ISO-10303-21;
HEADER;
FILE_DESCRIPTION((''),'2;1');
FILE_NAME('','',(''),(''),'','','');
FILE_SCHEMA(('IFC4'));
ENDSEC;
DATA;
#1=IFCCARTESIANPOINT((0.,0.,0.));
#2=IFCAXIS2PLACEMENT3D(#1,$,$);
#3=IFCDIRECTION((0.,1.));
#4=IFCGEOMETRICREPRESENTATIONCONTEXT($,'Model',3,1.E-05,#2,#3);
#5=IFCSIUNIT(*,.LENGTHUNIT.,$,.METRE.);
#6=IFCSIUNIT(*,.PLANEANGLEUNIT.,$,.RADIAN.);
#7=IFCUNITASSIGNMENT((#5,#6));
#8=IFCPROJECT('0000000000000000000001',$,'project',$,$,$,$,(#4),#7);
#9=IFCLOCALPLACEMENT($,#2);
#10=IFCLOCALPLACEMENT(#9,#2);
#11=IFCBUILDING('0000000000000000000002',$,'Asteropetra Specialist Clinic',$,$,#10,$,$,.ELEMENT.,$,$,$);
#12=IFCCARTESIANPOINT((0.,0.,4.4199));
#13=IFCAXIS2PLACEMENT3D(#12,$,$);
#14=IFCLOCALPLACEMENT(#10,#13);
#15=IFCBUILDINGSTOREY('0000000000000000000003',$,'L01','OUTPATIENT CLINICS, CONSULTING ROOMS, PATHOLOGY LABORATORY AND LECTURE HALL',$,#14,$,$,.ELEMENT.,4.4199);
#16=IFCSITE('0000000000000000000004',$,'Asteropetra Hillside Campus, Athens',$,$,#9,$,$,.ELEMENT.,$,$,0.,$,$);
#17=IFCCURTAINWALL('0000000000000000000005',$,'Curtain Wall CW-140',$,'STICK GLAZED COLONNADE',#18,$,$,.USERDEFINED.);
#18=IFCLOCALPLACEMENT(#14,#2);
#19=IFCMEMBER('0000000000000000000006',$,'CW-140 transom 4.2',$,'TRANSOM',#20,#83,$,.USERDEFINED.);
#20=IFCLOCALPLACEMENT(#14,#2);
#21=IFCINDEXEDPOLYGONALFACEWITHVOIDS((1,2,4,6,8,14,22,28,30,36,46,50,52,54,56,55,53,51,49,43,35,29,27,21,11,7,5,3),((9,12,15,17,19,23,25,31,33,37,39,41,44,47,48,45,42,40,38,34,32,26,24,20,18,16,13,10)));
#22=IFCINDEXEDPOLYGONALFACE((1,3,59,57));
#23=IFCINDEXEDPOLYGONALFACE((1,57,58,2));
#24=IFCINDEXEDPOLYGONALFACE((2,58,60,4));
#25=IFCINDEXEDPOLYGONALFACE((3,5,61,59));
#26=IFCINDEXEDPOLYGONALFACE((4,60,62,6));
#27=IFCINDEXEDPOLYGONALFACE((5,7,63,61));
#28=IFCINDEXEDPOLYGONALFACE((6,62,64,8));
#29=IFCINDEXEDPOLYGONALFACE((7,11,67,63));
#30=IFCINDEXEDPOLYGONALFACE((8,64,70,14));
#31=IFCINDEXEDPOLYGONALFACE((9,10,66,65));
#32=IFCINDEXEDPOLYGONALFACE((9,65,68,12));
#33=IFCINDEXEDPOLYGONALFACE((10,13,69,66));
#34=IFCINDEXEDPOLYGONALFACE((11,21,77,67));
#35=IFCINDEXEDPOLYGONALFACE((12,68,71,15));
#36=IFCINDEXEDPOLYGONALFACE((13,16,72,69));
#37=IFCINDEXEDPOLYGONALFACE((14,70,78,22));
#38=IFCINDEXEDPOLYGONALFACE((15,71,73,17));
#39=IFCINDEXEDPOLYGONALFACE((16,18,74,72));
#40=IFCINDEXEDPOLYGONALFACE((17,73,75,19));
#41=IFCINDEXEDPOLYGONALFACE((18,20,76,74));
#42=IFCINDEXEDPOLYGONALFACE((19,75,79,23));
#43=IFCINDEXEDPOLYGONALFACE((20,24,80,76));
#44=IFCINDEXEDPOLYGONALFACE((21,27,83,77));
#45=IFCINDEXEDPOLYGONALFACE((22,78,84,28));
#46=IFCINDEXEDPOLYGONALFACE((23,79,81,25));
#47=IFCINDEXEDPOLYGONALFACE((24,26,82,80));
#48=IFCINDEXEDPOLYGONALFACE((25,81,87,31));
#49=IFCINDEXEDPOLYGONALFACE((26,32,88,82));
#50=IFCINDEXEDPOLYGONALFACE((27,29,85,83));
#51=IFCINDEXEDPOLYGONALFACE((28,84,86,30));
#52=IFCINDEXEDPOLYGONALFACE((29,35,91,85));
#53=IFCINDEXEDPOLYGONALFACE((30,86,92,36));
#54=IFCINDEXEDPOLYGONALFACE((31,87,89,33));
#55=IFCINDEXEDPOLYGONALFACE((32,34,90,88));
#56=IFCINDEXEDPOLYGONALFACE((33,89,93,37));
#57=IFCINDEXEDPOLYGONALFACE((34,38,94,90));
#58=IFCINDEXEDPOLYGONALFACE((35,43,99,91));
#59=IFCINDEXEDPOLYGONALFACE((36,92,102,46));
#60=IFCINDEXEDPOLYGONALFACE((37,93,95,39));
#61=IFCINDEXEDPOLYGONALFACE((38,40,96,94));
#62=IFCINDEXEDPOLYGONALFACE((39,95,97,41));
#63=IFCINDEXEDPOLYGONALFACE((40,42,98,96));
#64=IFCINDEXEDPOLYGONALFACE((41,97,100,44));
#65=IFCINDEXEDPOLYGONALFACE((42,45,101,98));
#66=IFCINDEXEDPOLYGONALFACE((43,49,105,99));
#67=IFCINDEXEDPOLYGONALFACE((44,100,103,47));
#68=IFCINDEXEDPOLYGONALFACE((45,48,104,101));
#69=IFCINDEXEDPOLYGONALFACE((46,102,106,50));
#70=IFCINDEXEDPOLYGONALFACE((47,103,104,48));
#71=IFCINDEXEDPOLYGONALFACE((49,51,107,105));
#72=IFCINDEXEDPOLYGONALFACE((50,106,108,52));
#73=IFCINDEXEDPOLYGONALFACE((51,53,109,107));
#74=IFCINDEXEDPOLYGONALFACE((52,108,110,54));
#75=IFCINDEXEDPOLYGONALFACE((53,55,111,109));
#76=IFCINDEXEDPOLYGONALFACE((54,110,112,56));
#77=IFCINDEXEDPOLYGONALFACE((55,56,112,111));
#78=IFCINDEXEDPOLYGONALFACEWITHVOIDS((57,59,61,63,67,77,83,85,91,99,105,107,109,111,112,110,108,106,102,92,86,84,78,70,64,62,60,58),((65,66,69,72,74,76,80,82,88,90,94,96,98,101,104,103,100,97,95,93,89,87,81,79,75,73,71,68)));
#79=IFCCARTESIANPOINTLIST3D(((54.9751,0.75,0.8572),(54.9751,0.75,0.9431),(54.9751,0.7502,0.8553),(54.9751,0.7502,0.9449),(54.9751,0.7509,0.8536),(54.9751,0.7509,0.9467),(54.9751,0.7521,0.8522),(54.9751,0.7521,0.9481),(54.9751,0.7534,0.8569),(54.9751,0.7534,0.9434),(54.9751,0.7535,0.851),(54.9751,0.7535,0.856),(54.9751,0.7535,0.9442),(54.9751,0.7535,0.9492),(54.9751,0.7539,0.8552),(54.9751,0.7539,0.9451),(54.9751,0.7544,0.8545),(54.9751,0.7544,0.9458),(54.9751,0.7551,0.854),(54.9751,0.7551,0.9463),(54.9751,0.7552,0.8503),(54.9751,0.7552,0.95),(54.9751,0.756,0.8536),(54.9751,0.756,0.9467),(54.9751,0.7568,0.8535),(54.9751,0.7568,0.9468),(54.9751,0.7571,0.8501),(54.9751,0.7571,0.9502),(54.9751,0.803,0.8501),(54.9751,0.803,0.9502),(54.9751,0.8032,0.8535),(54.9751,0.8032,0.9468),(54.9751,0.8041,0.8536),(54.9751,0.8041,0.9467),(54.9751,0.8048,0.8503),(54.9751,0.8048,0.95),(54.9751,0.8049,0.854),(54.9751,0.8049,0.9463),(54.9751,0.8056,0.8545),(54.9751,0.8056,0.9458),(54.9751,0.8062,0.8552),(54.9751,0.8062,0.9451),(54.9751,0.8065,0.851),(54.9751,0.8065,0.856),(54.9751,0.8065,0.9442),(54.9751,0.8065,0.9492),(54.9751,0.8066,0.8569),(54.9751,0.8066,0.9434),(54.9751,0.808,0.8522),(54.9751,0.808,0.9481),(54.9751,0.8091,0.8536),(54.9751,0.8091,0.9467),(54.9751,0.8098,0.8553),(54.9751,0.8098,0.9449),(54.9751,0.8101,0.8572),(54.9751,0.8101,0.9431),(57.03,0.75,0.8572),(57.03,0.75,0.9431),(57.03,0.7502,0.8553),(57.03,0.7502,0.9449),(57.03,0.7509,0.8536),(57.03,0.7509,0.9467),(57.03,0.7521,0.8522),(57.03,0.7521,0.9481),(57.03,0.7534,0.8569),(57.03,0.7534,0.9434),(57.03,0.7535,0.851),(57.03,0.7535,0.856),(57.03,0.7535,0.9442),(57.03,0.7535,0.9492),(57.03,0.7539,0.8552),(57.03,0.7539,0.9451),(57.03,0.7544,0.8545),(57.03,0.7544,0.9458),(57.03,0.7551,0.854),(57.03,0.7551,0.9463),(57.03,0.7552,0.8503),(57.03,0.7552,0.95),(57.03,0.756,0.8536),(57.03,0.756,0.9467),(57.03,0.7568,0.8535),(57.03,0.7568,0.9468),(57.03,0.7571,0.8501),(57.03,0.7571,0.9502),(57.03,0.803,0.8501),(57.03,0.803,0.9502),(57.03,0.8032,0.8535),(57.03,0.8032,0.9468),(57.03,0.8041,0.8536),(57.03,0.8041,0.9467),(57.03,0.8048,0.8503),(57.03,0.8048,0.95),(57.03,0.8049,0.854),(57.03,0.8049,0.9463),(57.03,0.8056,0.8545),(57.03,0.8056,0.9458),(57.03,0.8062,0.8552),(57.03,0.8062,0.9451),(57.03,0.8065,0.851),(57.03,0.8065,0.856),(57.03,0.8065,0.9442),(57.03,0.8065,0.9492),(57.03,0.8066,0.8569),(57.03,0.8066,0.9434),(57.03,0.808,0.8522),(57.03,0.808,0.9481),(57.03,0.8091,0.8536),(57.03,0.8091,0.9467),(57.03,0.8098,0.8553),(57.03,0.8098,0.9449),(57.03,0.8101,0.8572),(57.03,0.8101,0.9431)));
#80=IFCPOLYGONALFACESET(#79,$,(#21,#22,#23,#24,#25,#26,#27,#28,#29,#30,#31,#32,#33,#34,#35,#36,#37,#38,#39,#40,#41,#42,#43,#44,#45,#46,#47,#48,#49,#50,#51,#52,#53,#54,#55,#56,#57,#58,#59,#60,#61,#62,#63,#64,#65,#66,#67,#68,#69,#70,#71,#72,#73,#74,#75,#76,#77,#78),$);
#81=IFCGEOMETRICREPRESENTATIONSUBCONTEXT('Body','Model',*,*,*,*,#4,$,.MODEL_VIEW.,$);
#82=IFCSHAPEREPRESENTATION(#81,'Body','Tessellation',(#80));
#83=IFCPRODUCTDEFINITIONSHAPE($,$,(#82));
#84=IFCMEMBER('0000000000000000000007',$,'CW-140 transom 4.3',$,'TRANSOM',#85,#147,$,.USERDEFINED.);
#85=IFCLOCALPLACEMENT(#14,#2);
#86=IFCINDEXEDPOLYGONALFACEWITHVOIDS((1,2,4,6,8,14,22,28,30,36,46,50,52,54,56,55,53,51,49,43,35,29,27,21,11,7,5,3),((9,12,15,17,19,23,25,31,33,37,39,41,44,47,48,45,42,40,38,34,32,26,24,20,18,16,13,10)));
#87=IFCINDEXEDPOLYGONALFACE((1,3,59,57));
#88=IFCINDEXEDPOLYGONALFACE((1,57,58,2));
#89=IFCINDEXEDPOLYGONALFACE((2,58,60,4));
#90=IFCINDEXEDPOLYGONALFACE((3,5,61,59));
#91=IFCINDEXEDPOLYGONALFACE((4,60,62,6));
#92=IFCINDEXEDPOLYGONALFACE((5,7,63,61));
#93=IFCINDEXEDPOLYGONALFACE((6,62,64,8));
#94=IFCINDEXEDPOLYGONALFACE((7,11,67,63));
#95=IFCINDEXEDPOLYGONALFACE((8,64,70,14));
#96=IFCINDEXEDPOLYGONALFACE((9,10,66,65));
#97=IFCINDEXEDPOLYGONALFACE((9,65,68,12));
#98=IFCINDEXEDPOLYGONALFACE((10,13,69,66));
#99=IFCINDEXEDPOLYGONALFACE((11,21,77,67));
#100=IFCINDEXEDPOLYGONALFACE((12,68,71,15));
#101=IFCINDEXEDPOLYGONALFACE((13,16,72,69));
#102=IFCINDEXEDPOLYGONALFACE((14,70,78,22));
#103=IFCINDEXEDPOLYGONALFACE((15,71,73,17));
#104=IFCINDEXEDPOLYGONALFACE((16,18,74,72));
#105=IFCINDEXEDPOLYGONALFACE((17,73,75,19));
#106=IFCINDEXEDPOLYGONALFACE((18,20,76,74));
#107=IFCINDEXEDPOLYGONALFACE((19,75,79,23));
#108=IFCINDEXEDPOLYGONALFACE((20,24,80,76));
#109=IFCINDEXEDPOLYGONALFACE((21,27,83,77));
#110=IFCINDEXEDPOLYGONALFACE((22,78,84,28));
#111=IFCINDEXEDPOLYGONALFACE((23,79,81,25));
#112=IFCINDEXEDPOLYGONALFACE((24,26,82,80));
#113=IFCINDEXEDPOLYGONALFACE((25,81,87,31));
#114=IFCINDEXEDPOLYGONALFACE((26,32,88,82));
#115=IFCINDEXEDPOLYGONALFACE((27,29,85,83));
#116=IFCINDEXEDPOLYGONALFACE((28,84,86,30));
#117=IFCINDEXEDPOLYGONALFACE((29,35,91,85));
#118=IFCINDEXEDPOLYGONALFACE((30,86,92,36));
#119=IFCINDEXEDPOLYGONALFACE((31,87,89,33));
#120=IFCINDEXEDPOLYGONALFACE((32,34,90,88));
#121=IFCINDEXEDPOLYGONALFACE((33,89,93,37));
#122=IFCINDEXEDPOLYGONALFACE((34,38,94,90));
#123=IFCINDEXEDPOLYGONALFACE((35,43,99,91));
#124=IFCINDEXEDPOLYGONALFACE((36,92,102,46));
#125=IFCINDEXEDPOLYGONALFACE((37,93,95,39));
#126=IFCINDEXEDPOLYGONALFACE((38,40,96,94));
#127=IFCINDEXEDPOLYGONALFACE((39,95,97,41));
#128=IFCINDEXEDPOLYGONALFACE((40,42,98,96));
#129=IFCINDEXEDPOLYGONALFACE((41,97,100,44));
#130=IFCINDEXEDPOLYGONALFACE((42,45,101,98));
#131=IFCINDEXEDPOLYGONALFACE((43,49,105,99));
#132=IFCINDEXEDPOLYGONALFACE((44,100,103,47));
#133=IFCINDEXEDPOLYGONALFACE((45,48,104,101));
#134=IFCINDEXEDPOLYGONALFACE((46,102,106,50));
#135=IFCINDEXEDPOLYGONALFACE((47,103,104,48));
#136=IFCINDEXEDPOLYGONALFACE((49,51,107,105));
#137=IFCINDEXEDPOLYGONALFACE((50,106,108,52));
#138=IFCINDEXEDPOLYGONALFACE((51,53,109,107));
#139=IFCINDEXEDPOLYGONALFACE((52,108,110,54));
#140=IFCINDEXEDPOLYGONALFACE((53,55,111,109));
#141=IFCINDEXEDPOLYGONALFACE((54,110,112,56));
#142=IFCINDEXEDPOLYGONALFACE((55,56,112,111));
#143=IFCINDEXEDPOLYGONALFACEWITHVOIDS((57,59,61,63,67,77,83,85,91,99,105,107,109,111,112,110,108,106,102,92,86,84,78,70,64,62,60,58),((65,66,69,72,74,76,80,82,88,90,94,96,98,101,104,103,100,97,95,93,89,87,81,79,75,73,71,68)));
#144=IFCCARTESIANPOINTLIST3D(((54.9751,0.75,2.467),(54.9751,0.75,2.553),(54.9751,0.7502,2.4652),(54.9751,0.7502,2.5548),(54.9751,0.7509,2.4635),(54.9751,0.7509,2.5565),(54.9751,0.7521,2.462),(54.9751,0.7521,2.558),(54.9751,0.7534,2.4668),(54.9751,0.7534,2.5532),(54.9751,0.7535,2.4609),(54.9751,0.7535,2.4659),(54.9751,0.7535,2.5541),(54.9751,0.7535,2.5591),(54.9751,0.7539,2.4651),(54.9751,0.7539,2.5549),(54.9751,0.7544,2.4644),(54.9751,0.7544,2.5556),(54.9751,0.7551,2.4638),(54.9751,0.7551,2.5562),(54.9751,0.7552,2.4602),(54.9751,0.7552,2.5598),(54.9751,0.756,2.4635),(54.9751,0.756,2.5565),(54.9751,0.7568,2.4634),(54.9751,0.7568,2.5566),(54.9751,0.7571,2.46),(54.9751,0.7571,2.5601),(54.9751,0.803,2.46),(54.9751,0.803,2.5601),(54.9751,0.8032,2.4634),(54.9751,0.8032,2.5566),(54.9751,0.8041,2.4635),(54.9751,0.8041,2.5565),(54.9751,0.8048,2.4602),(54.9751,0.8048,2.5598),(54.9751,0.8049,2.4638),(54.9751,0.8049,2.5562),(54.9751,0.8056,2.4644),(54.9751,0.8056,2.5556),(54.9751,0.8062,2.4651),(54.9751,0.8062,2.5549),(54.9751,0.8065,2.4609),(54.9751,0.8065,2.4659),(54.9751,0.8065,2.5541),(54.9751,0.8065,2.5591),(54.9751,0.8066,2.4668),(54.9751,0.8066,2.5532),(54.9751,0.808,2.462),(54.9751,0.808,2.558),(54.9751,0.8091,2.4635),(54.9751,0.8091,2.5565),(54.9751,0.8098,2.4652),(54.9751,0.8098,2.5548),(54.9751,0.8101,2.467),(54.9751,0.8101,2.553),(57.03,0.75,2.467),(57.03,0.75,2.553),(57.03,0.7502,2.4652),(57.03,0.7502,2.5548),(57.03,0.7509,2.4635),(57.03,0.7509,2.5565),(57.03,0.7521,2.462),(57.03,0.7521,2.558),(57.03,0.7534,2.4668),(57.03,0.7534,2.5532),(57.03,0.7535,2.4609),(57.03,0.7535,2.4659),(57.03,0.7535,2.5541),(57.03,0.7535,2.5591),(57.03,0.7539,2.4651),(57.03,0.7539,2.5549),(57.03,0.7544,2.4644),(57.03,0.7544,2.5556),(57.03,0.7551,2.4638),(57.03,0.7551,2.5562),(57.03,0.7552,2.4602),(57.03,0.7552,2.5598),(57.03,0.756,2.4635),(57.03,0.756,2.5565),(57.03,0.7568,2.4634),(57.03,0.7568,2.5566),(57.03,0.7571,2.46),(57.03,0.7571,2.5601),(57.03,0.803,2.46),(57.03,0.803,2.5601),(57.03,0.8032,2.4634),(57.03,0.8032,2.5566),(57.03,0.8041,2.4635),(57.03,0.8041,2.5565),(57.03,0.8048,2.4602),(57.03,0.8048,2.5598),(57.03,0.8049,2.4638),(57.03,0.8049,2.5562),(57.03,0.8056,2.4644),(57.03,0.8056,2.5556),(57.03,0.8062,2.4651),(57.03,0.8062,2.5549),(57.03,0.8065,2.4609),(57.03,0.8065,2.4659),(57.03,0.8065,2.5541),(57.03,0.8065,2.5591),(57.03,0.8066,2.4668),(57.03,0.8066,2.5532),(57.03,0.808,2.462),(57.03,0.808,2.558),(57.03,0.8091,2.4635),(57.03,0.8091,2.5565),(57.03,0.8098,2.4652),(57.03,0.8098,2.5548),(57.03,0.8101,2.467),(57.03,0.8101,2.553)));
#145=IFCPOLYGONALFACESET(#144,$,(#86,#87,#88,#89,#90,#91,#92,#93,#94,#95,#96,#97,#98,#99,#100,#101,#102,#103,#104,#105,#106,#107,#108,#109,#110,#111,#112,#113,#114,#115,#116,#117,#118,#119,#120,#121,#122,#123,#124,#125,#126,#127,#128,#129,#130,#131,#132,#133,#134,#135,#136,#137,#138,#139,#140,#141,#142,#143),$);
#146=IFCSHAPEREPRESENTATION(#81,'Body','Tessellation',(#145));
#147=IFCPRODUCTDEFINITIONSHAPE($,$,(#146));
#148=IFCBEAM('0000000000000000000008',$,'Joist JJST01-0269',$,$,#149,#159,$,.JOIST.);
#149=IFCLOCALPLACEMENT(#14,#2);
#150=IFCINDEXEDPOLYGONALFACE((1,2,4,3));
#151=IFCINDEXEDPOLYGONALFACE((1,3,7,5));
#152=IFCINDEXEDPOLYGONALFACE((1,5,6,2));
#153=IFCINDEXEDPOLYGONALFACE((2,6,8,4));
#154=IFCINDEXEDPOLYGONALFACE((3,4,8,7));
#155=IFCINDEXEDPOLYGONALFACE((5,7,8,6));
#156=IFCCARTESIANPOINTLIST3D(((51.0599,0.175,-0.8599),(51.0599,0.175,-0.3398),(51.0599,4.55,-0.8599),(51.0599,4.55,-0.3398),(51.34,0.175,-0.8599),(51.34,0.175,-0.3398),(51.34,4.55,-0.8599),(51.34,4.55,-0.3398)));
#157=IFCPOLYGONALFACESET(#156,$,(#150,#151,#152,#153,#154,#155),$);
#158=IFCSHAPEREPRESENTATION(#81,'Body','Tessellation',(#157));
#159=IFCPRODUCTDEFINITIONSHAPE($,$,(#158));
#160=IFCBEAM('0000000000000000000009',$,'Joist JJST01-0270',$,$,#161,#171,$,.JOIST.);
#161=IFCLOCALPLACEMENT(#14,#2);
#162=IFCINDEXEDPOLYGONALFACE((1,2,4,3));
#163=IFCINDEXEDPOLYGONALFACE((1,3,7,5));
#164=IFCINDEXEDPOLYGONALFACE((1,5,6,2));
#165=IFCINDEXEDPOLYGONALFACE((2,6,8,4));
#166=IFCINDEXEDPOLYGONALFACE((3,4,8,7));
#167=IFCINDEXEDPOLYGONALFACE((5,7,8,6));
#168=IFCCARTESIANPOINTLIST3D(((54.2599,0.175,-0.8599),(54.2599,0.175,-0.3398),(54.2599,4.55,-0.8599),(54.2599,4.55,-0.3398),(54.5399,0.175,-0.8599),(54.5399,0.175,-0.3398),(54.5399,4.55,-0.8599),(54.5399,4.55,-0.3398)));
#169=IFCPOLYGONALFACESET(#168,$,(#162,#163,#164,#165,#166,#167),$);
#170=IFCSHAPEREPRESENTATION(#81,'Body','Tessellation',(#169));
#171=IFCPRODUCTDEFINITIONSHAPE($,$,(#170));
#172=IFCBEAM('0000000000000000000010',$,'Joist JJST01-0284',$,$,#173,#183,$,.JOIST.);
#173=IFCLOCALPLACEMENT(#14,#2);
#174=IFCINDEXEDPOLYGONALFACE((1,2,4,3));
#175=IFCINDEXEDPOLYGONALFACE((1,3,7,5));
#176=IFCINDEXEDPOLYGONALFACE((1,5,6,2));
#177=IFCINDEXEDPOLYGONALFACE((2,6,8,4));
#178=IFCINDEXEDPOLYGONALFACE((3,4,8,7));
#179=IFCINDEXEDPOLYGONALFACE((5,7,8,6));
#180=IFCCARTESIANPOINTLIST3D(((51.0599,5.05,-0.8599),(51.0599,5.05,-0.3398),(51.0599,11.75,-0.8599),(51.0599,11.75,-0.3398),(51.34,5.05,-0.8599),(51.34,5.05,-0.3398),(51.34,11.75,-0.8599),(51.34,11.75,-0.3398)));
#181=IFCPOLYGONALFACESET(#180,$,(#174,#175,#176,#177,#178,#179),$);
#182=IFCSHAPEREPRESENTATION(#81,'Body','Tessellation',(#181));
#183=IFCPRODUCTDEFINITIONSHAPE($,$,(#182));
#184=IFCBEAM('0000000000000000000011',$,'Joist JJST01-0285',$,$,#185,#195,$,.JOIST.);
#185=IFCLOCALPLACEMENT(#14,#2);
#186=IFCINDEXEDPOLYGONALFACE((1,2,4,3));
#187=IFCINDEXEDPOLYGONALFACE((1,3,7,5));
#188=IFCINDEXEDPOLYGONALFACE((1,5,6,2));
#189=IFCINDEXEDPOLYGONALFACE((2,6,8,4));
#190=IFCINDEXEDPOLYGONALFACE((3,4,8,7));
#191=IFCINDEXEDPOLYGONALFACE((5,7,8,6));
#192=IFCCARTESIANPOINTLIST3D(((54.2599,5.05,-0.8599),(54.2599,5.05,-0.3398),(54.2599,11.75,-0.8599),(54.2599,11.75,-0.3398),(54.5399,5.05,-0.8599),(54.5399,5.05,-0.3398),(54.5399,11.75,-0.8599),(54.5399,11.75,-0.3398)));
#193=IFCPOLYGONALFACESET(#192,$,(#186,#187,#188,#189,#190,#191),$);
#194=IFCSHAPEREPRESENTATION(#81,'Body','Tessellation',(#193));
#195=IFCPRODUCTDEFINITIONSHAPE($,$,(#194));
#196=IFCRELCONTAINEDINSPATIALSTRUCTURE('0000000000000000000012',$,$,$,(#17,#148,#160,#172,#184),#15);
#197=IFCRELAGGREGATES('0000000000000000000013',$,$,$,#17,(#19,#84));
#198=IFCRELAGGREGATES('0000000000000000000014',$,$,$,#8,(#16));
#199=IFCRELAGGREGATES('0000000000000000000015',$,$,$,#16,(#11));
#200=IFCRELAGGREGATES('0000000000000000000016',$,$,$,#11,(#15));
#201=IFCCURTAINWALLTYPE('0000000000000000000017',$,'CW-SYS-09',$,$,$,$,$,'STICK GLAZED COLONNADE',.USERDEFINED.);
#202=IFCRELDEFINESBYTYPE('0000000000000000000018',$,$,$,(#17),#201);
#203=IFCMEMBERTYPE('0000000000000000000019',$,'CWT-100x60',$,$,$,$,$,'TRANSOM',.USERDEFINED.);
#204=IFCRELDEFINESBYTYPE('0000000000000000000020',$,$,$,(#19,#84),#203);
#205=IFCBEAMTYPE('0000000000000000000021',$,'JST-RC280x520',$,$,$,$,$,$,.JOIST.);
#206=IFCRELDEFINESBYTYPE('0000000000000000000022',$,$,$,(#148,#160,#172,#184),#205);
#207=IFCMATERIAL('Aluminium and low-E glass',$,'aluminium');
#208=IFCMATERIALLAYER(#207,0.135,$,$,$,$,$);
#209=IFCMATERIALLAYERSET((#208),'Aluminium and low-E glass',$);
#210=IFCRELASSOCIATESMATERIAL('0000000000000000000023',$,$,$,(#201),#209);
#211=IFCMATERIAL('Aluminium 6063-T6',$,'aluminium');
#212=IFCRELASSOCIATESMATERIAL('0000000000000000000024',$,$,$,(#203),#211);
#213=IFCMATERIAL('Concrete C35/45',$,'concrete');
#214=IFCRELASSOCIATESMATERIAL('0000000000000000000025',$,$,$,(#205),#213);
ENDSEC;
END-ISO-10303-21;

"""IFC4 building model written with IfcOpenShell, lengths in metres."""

from ifc_helpers import new_model, si_unit, direction, frame, origin, origin_2d, place, context, subcontext, project, spatial, rectangle, hollow_rectangle, extrude, material, layer, layer_set, material_profile, profile_set, type_object, element, aggregate, save


model = new_model("IFC4")

# Units and contexts
model_context = context("Model", 3, precision=1e-05, world=origin(), true_north=direction((0.0, 1.0)))
body_context = subcontext(model_context, "Body", "Model", "MODEL_VIEW")
ifc_project = project(units=[si_unit("LENGTHUNIT", "METRE"), si_unit("PLANEANGLEUNIT", "RADIAN")], contexts=[model_context])

# Site, building, storey
site_placement = place(None, origin())
site = spatial("IfcSite", under=ifc_project, at=site_placement, Name="Asteropetra Hillside Campus, Athens", CompositionType="ELEMENT", RefElevation=0.0)
building_placement = place(site_placement, origin())
building = spatial("IfcBuilding", under=site, at=building_placement, Name="Asteropetra Specialist Clinic", CompositionType="ELEMENT")
storey_placement = place(building_placement, frame((0.0, 0.0, 4.4199)))
storey = spatial("IfcBuildingStorey", under=building, at=storey_placement, Name="L01", Description="OUTPATIENT CLINICS, CONSULTING ROOMS, PATHOLOGY LABORATORY AND LECTURE HALL", CompositionType="ELEMENT", Elevation=4.4199)

# Curtain wall, members
ifc_material_1 = material(Name="Aluminium and low-E glass", Category="aluminium")
ifc_layer_1 = layer(ifc_material_1, 0.135)
ifc_layer_set_1 = layer_set([ifc_layer_1], Name="Aluminium and low-E glass")
curtain_wall_type = type_object("IfcCurtainWallType", Name="CW-SYS-09", ElementType="STICK GLAZED COLONNADE", PredefinedType="USERDEFINED", material=ifc_layer_set_1)
curtain_wall_placement = place(storey_placement, origin())
curtain_wall = element("IfcCurtainWall", 1, at=curtain_wall_placement, inside=storey, type_object=curtain_wall_type, Name="Curtain Wall CW-140", ObjectType="STICK GLAZED COLONNADE", PredefinedType="USERDEFINED")
ifc_material_2 = material(Name="Aluminium 6063-T6", Category="aluminium")
ifc_material_profile_1 = material_profile(ifc_material_2, hollow_rectangle(XDim=0.0601, YDim=0.1001, WallThickness=0.0034, InnerFilletRadius=0.0034, OuterFilletRadius=0.0071, at=origin_2d()), Name="TRN 100x60x3.5")
ifc_profile_set_1 = profile_set([ifc_material_profile_1], Name="Aluminium 6063-T6")
member_type_1 = type_object("IfcMemberType", Name="CWT-100x60", ElementType="TRANSOM", PredefinedType="USERDEFINED", material=ifc_profile_set_1)
member_1_placement = place(storey_placement, frame((54.9751, 0.78, 0.9001), z_axis=(1.0, 0.0, 0.0), x_axis=(0.0, 1.0, 0.0)))
member_1 = element("IfcMember", 2, at=member_1_placement, type_object=member_type_1, Name="CW-140 transom 4.2", ObjectType="TRANSOM", PredefinedType="USERDEFINED", context=body_context, shape_type="SweptSolid", body=[
    extrude(hollow_rectangle(XDim=0.0601, YDim=0.1001, WallThickness=0.0034, InnerFilletRadius=0.0034, OuterFilletRadius=0.0071, at=origin_2d()), origin(), (0.0, 0.0, 1.0), 2.0549),
])
member_2_placement = place(storey_placement, frame((54.9751, 0.78, 2.51), z_axis=(1.0, 0.0, 0.0), x_axis=(0.0, 1.0, 0.0)))
member_2 = element("IfcMember", 3, at=member_2_placement, type_object=member_type_1, Name="CW-140 transom 4.3", ObjectType="TRANSOM", PredefinedType="USERDEFINED", context=body_context, shape_type="SweptSolid", body=[
    extrude(hollow_rectangle(XDim=0.0601, YDim=0.1001, WallThickness=0.0034, InnerFilletRadius=0.0034, OuterFilletRadius=0.0071, at=origin_2d()), origin(), (0.0, 0.0, 1.0), 2.0549),
])

# Beams
ifc_material_3 = material(Name="Concrete C35/45", Category="concrete")
ifc_material_profile_2 = material_profile(ifc_material_3, rectangle(XDim=0.28, YDim=0.52, at=origin_2d()), Name="RCJ 280x520")
ifc_profile_set_2 = profile_set([ifc_material_profile_2], Name="Concrete C35/45")
beam_type = type_object("IfcBeamType", Name="JST-RC280x520", PredefinedType="JOIST", material=ifc_profile_set_2)
for number, where, z_axis, x_axis, name in (
    (4, (51.2, 0.175, -0.5999), (0.0, 1.0, 0.0), (-1.0, 0.0, 0.0), "Joist JJST01-0269"),
    (5, (54.3999, 0.175, -0.5999), (0.0, 1.0, 0.0), (-1.0, 0.0, 0.0), "Joist JJST01-0270"),
):
    element("IfcBeam", number, at=place(storey_placement, frame(where, z_axis=z_axis, x_axis=x_axis)), inside=storey, type_object=beam_type, Name=name, PredefinedType="JOIST", context=body_context, shape_type="SweptSolid", body=[
        extrude(rectangle(XDim=0.28, YDim=0.52, at=origin_2d()), origin(), (0.0, 0.0, 1.0), 4.375),
    ])
for number, where, z_axis, x_axis, name in (
    (6, (51.2, 5.05, -0.5999), (0.0, 1.0, 0.0), (-1.0, 0.0, 0.0), "Joist JJST01-0284"),
    (7, (54.3999, 5.05, -0.5999), (0.0, 1.0, 0.0), (-1.0, 0.0, 0.0), "Joist JJST01-0285"),
):
    element("IfcBeam", number, at=place(storey_placement, frame(where, z_axis=z_axis, x_axis=x_axis)), inside=storey, type_object=beam_type, Name=name, PredefinedType="JOIST", context=body_context, shape_type="SweptSolid", body=[
        extrude(rectangle(XDim=0.28, YDim=0.52, at=origin_2d()), origin(), (0.0, 0.0, 1.0), 6.7),
    ])

aggregate(curtain_wall, [member_1, member_2])

save(model, "model.ifc")
